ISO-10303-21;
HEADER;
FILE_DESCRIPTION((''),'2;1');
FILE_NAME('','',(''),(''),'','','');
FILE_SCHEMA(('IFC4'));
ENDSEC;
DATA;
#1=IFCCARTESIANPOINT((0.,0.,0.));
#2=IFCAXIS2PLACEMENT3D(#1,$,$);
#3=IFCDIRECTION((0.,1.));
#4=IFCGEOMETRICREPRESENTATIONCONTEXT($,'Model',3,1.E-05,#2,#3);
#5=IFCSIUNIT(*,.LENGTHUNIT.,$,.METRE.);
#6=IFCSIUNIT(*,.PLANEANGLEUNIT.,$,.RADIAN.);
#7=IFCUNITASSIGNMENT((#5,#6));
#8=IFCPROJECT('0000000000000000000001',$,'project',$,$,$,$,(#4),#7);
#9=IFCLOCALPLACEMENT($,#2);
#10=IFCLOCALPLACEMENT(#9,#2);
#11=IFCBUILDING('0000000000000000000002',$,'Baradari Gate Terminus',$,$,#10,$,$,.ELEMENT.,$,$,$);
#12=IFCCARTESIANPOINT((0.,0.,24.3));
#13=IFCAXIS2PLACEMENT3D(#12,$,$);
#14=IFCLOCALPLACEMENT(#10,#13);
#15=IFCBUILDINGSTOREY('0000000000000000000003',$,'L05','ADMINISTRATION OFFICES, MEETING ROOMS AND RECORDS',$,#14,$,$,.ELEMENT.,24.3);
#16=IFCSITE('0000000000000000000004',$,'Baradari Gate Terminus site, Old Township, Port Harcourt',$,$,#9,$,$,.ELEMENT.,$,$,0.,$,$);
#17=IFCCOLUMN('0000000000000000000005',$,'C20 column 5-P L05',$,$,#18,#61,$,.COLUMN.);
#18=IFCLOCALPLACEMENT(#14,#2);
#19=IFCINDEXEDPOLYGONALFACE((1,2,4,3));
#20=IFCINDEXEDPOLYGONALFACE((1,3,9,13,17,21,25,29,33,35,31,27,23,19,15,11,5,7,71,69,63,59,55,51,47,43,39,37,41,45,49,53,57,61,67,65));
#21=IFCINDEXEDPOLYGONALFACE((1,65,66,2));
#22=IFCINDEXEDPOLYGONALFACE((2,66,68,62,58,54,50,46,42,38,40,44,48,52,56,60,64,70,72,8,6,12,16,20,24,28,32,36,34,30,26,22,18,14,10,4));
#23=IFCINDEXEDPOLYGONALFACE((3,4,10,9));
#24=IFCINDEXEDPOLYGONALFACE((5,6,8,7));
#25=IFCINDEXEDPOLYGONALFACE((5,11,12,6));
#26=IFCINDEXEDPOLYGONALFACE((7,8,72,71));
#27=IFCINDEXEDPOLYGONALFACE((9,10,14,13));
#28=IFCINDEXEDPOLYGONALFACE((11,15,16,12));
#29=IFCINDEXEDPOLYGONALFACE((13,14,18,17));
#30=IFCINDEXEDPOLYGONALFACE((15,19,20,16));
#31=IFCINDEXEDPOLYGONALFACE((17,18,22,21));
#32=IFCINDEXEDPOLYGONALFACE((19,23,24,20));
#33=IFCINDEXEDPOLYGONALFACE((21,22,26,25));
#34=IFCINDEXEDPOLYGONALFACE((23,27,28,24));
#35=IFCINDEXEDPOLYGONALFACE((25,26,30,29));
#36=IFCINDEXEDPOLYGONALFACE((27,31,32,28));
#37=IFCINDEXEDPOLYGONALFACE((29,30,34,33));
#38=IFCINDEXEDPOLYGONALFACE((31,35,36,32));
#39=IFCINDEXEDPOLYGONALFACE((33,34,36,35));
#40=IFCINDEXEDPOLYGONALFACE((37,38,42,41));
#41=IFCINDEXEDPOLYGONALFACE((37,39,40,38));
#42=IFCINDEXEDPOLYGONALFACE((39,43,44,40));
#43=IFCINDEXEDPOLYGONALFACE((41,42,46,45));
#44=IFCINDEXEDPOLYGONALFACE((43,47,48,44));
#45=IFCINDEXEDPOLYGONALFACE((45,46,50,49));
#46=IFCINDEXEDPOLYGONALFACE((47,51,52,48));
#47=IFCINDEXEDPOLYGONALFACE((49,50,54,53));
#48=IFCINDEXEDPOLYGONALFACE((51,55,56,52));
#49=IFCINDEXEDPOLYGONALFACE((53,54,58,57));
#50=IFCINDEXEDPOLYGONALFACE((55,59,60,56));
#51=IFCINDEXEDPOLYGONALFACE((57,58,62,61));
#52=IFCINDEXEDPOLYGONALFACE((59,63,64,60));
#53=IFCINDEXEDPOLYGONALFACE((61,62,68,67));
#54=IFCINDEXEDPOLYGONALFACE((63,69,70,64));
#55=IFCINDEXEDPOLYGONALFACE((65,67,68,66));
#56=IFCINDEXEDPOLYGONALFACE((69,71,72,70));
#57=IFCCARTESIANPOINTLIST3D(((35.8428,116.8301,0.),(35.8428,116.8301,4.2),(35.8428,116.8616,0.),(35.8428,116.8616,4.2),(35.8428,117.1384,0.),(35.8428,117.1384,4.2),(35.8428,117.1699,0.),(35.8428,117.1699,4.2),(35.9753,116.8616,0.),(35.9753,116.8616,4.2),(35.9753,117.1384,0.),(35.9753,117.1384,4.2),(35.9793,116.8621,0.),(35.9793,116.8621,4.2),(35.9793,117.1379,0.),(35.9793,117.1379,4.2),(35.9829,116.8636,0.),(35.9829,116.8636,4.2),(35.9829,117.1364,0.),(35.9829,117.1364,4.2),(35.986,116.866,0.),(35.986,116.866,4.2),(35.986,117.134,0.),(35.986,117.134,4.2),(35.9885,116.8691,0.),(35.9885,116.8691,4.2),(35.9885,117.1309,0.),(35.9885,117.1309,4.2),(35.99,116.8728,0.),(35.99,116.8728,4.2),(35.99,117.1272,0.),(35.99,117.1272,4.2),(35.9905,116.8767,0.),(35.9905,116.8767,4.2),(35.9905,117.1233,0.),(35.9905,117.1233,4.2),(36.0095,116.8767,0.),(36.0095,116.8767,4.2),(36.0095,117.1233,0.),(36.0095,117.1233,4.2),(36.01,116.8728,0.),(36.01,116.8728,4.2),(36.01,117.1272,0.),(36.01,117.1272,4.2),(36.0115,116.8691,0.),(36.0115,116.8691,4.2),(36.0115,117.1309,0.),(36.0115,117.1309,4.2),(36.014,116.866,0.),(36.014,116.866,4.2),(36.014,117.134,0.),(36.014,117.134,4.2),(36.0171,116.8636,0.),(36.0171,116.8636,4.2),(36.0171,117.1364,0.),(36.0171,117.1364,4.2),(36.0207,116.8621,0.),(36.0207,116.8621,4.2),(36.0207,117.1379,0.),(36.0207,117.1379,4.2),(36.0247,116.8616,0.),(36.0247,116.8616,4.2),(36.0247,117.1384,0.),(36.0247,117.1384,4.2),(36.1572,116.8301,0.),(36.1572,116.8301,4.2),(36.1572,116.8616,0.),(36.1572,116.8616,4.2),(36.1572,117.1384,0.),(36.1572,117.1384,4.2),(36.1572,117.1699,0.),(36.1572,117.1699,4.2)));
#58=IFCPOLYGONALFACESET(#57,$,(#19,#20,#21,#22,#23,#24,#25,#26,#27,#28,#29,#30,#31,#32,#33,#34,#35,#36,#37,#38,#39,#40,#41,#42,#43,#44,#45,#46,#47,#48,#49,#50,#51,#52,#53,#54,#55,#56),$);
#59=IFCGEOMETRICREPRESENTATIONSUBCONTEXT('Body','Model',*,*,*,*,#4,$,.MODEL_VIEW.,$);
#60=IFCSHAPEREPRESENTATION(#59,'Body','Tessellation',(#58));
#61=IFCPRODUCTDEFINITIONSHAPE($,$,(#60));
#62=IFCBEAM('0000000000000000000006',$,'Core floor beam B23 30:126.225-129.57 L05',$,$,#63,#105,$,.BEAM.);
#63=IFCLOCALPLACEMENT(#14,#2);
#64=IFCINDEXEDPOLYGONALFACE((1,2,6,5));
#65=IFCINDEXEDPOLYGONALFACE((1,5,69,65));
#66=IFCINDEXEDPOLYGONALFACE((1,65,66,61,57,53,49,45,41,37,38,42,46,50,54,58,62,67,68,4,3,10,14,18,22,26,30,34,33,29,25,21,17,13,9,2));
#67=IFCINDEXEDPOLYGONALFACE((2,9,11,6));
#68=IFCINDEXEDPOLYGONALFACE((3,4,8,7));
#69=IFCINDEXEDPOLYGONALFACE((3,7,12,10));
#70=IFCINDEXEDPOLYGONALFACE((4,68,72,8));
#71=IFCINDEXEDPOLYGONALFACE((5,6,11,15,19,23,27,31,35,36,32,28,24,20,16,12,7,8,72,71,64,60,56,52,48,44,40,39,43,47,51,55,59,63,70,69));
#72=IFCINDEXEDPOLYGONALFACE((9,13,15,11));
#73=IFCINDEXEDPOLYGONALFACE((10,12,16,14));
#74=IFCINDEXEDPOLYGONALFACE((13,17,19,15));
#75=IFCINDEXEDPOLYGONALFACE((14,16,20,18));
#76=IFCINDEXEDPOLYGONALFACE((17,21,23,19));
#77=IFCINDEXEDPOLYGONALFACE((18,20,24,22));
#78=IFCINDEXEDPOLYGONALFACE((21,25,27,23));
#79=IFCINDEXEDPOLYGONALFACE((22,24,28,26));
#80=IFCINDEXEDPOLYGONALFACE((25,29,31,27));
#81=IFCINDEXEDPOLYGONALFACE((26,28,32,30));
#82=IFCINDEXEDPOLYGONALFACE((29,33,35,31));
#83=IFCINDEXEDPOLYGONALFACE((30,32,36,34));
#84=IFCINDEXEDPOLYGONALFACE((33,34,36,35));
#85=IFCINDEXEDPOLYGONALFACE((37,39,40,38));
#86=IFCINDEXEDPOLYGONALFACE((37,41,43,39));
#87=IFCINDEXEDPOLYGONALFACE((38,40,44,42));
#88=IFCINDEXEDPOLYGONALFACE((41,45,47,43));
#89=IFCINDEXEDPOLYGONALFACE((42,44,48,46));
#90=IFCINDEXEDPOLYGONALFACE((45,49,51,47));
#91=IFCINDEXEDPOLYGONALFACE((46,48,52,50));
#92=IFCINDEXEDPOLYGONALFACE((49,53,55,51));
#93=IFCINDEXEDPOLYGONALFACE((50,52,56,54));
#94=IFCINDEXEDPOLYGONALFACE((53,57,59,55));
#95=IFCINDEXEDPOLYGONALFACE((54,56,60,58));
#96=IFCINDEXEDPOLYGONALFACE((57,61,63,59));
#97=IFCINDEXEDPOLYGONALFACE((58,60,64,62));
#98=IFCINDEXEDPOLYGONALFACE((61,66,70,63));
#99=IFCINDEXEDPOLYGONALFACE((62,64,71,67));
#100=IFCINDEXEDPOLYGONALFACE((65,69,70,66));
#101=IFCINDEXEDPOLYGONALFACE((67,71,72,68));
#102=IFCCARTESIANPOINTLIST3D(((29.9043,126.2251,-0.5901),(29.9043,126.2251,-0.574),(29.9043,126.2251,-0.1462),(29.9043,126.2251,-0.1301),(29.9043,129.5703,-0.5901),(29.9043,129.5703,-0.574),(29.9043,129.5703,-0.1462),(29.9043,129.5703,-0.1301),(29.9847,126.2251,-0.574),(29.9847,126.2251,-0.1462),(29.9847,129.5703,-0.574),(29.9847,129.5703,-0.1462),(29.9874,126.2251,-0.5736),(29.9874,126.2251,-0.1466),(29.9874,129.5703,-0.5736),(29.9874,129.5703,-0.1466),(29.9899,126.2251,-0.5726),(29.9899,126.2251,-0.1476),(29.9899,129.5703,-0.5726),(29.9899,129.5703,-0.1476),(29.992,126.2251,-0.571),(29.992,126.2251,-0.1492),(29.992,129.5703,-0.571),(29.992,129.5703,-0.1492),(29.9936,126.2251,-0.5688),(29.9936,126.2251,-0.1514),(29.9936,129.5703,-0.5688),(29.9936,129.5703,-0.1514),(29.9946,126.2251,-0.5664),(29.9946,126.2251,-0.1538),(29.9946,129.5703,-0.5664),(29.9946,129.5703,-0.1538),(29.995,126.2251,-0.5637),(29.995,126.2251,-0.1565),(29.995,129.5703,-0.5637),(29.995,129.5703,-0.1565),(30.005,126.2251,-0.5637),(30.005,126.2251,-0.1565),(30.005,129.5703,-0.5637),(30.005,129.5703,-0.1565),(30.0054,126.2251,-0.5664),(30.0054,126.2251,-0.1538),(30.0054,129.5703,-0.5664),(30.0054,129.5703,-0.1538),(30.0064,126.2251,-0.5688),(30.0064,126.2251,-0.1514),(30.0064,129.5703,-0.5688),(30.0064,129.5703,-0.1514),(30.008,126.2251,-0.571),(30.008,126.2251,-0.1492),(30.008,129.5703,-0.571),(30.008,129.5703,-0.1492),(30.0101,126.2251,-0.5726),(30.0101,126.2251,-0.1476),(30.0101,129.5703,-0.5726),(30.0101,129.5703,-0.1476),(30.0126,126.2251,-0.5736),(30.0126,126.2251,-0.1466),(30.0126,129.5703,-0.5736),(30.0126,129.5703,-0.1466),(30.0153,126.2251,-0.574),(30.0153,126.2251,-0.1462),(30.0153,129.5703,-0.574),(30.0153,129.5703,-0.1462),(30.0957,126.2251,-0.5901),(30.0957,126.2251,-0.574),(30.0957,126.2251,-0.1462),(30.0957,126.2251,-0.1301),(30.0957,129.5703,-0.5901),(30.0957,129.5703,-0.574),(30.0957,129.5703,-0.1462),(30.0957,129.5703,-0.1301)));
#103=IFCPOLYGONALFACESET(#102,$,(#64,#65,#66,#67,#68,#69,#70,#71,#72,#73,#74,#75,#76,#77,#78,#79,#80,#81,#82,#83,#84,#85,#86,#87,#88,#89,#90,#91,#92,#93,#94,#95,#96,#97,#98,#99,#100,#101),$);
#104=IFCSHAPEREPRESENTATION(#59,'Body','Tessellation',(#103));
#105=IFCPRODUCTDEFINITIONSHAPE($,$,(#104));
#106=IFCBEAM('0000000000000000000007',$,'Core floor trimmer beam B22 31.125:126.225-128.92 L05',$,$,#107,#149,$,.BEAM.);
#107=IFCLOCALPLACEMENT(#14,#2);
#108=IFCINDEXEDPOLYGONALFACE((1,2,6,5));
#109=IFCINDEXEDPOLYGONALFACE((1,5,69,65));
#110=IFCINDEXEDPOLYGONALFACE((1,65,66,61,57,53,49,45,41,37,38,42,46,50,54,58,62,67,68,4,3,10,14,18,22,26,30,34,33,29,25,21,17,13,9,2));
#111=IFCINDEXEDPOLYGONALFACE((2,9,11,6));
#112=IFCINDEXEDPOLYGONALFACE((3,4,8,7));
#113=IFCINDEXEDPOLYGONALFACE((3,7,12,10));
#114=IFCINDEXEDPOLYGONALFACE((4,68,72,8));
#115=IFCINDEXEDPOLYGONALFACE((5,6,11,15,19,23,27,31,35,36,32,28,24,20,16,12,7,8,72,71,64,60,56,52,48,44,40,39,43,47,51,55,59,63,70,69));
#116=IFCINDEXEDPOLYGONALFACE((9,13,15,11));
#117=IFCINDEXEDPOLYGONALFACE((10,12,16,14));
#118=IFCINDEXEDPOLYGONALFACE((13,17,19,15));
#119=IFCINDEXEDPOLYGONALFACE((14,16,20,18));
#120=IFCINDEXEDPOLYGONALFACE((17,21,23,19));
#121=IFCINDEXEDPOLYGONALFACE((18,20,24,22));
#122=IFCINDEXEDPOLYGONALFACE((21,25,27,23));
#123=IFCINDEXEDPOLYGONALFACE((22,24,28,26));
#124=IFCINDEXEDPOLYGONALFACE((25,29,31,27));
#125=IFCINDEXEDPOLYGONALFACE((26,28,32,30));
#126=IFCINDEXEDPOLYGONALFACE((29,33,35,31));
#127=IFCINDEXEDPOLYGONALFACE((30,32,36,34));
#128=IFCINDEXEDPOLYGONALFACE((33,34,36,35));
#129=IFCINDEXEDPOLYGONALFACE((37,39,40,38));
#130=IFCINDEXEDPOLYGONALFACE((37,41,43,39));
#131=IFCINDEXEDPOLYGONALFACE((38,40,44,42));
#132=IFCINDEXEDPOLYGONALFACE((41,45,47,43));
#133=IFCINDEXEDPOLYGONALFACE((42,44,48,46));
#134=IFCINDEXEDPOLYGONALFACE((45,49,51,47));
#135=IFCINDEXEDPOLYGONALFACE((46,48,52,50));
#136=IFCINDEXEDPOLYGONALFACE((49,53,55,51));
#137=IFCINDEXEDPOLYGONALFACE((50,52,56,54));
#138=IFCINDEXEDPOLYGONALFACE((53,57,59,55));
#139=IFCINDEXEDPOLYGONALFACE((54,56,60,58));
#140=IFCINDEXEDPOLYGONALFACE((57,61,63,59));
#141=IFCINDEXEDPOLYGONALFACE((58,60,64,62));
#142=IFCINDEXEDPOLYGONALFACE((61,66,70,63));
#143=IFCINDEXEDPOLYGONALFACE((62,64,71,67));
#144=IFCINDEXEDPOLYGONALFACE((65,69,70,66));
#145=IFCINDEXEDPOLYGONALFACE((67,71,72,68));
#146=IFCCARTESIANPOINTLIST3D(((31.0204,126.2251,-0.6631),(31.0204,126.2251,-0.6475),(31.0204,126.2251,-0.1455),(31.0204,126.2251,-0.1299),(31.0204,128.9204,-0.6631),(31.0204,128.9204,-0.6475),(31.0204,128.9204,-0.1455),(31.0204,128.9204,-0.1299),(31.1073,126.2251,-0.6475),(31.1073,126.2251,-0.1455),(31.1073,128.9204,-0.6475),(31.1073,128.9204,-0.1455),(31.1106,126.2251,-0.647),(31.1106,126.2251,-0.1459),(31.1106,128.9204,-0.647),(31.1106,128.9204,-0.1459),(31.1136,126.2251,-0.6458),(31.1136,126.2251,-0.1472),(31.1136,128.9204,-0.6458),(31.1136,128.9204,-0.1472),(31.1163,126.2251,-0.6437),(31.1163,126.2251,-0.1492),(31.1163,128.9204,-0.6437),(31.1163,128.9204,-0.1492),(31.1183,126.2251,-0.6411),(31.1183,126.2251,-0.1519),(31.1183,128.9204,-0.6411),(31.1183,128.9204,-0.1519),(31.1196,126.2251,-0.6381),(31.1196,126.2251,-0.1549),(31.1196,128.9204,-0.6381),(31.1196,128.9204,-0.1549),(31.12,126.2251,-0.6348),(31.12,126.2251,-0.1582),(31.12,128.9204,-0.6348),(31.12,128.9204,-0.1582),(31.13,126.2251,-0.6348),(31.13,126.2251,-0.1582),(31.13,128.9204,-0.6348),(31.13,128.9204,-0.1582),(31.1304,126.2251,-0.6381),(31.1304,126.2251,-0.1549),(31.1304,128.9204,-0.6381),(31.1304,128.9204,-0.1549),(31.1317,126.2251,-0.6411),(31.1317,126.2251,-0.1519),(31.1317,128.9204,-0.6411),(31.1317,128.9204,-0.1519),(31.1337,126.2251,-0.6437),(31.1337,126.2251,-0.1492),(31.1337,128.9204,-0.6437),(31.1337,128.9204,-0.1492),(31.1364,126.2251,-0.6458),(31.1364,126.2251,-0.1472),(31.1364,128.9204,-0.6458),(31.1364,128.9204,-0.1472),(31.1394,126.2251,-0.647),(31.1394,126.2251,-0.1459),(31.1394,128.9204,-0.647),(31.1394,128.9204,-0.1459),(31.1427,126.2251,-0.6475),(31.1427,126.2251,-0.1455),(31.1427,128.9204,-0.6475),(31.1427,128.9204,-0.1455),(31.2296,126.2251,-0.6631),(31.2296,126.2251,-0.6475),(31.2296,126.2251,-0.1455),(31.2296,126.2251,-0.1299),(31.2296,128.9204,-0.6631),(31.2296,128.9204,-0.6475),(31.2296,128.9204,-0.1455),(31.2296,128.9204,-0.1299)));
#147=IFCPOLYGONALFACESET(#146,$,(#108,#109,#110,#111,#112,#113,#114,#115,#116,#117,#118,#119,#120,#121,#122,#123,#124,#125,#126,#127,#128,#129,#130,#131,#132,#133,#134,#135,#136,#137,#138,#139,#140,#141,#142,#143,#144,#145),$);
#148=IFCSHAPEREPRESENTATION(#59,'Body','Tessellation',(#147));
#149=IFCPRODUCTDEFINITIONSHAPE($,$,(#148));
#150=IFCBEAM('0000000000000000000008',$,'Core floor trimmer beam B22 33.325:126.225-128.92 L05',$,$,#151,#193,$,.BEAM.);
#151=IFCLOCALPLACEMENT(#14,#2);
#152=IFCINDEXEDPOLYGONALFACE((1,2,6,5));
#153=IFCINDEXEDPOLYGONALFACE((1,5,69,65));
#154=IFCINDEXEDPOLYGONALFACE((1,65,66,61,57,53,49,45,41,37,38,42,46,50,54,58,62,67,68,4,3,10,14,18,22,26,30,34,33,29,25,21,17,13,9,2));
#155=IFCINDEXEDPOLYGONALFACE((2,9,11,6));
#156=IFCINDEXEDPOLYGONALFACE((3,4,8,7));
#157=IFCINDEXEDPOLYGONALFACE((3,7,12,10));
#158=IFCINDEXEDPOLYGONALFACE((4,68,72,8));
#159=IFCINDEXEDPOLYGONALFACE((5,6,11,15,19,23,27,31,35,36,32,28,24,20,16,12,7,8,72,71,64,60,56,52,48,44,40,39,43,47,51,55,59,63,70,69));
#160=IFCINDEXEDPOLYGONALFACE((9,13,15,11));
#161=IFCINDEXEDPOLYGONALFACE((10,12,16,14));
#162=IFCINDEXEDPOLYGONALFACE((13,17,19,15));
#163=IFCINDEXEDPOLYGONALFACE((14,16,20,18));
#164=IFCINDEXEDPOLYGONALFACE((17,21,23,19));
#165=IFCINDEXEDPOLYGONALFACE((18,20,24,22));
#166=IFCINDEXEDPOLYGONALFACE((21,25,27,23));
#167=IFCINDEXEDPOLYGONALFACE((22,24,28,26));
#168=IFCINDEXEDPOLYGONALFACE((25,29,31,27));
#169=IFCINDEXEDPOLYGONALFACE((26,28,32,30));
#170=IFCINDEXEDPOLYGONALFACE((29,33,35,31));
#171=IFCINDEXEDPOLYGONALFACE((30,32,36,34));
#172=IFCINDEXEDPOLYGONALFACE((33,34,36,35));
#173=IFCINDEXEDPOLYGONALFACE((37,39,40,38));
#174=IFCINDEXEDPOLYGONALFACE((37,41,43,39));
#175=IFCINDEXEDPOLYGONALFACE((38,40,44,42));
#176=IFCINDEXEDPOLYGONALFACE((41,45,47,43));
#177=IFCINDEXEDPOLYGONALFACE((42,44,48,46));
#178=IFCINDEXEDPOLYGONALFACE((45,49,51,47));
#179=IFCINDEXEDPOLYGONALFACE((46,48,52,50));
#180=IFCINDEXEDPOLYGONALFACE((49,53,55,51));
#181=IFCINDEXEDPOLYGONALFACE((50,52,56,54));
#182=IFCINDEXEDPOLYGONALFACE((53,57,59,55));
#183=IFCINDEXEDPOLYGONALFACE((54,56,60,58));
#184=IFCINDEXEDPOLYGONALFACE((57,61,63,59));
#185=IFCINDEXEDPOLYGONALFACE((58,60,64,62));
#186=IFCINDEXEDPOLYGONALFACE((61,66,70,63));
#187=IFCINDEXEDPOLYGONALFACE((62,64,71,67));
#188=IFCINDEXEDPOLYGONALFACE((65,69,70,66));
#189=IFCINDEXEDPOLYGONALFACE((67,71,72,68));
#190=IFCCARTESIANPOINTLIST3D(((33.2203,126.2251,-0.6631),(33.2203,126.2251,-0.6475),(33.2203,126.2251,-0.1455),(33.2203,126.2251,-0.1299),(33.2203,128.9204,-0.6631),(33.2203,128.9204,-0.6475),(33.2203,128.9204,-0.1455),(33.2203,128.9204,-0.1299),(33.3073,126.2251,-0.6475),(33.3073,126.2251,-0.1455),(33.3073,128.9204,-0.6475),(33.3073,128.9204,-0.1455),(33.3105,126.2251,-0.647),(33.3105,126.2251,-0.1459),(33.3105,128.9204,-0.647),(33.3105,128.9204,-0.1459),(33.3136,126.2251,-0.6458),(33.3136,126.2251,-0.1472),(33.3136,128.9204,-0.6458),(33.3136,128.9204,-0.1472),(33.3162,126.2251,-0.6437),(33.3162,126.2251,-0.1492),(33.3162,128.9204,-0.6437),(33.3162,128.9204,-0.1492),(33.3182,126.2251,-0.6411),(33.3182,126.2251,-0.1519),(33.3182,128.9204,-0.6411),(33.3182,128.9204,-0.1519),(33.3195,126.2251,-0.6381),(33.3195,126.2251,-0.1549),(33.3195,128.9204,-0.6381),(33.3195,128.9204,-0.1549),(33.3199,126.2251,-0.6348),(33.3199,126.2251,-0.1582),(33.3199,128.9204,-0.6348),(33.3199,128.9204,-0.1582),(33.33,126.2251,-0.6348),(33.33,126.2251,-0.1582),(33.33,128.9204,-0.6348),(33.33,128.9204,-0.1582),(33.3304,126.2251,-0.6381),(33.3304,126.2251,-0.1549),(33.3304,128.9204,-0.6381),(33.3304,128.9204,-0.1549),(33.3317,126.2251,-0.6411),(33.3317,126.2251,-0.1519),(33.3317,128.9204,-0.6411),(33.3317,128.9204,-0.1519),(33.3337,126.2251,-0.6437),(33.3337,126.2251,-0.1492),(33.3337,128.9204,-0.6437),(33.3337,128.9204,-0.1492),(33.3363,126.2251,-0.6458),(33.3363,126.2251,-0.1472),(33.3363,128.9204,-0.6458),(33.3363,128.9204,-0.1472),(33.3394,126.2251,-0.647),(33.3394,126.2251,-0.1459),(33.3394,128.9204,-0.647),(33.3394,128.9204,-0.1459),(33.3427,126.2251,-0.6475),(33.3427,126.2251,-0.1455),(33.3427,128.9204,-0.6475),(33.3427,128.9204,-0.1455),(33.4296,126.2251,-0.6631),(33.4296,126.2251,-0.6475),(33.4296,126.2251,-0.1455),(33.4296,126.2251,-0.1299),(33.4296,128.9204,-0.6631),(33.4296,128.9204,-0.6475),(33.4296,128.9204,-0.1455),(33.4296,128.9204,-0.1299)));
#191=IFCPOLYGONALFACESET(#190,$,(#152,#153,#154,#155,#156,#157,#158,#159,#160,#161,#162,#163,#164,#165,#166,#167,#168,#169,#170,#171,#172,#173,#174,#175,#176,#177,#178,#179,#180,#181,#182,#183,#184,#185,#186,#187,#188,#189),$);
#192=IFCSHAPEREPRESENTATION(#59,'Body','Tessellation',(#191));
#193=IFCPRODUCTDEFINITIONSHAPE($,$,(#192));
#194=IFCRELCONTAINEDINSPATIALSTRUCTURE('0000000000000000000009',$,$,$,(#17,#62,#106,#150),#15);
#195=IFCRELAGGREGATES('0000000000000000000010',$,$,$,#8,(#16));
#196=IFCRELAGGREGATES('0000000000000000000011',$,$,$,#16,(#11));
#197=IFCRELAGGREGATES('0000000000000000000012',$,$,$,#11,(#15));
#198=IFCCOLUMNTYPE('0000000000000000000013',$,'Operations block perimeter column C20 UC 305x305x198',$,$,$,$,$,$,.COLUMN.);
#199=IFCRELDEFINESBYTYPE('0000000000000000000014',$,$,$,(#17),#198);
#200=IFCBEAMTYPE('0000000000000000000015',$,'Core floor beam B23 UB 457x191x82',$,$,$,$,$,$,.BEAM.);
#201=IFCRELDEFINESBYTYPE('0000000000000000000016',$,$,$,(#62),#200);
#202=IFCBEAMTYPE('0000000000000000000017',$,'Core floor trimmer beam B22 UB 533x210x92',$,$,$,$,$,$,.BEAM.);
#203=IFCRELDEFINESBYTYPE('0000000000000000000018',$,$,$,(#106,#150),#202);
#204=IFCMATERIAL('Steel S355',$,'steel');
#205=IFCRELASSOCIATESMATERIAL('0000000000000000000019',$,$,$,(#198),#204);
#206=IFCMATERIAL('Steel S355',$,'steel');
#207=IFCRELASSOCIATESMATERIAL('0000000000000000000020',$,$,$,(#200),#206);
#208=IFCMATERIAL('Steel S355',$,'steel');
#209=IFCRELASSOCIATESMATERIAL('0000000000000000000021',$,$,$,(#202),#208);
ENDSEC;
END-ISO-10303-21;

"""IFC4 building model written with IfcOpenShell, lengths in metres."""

from ifc_helpers import new_model, si_unit, direction, frame, origin, origin_2d, place, context, subcontext, project, spatial, i_section, extrude, material, material_profile, profile_set, type_object, element, save


model = new_model("IFC4")

# Units and contexts
model_context = context("Model", 3, precision=1e-05, world=origin(), true_north=direction((0.0, 1.0)))
body_context = subcontext(model_context, "Body", "Model", "MODEL_VIEW")
ifc_project = project(units=[si_unit("LENGTHUNIT", "METRE"), si_unit("PLANEANGLEUNIT", "RADIAN")], contexts=[model_context])

# Site, building, storey
site_placement = place(None, origin())
site = spatial("IfcSite", under=ifc_project, at=site_placement, Name="Baradari Gate Terminus site, Old Township, Port Harcourt", CompositionType="ELEMENT", RefElevation=0.0)
building_placement = place(site_placement, origin())
building = spatial("IfcBuilding", under=site, at=building_placement, Name="Baradari Gate Terminus", CompositionType="ELEMENT")
storey_placement = place(building_placement, frame((0.0, 0.0, 24.3)))
storey = spatial("IfcBuildingStorey", under=building, at=storey_placement, Name="L05", Description="ADMINISTRATION OFFICES, MEETING ROOMS AND RECORDS", CompositionType="ELEMENT", Elevation=24.3)

# Column
ifc_material_1 = material(Name="Steel S355", Category="steel")
ifc_material_profile_1 = material_profile(ifc_material_1, i_section(OverallWidth=0.3145, OverallDepth=0.3398, WebThickness=0.019, FlangeThickness=0.0315, FilletRadius=0.0151, at=origin_2d()), Name="UC 305x305x198")
ifc_profile_set_1 = profile_set([ifc_material_profile_1], Name="Steel S355")
column_type = type_object("IfcColumnType", Name="Operations block perimeter column C20 UC 305x305x198", PredefinedType="COLUMN", material=ifc_profile_set_1)
column_placement = place(storey_placement, frame((36.0, 117.0, 0.0), z_axis=(0.0, 0.0, 1.0), x_axis=(1.0, 0.0, 0.0)))
element("IfcColumn", 1, at=column_placement, inside=storey, type_object=column_type, Name="C20 column 5-P L05", PredefinedType="COLUMN", context=body_context, shape_type="SweptSolid", body=[
    extrude(i_section(OverallWidth=0.3145, OverallDepth=0.3398, WebThickness=0.019, FlangeThickness=0.0315, FilletRadius=0.0151, at=origin_2d()), origin(), (0.0, 0.0, 1.0), 4.2),
])

# Beams
ifc_material_2 = material(Name="Steel S355", Category="steel")
ifc_material_profile_2 = material_profile(ifc_material_2, i_section(OverallWidth=0.1914, OverallDepth=0.46, WebThickness=0.01, FlangeThickness=0.0161, FilletRadius=0.0103, at=origin_2d()), Name="UB 457x191x82")
ifc_profile_set_2 = profile_set([ifc_material_profile_2], Name="Steel S355")
beam_type_1 = type_object("IfcBeamType", Name="Core floor beam B23 UB 457x191x82", PredefinedType="BEAM", material=ifc_profile_set_2)
beam_1_placement = place(storey_placement, frame((30.0, 126.2251, -0.3601), z_axis=(0.0, 1.0, 0.0), x_axis=(-1.0, 0.0, 0.0)))
element("IfcBeam", 2, at=beam_1_placement, inside=storey, type_object=beam_type_1, Name="Core floor beam B23 30:126.225-129.57 L05", PredefinedType="BEAM", context=body_context, shape_type="SweptSolid", body=[
    extrude(i_section(OverallWidth=0.1914, OverallDepth=0.46, WebThickness=0.01, FlangeThickness=0.0161, FilletRadius=0.0103, at=origin_2d()), origin(), (0.0, 0.0, 1.0), 3.3452),
])
ifc_material_3 = material(Name="Steel S355", Category="steel")
ifc_material_profile_3 = material_profile(ifc_material_3, i_section(OverallWidth=0.2092, OverallDepth=0.5332, WebThickness=0.01, FlangeThickness=0.0156, FilletRadius=0.0127, at=origin_2d()), Name="UB 533x210x92")
ifc_profile_set_3 = profile_set([ifc_material_profile_3], Name="Steel S355")
beam_type_2 = type_object("IfcBeamType", Name="Core floor trimmer beam B22 UB 533x210x92", PredefinedType="BEAM", material=ifc_profile_set_3)
for number, where, z_axis, x_axis, name in (
    (3, (31.125, 126.2251, -0.3965), (0.0, 1.0, 0.0), (-1.0, 0.0, 0.0), "Core floor trimmer beam B22 31.125:126.225-128.92 L05"),
    (4, (33.325, 126.2251, -0.3965), (0.0, 1.0, 0.0), (-1.0, 0.0, 0.0), "Core floor trimmer beam B22 33.325:126.225-128.92 L05"),
):
    element("IfcBeam", number, at=place(storey_placement, frame(where, z_axis=z_axis, x_axis=x_axis)), inside=storey, type_object=beam_type_2, Name=name, PredefinedType="BEAM", context=body_context, shape_type="SweptSolid", body=[
        extrude(i_section(OverallWidth=0.2092, OverallDepth=0.5332, WebThickness=0.01, FlangeThickness=0.0156, FilletRadius=0.0127, at=origin_2d()), origin(), (0.0, 0.0, 1.0), 2.6953),
    ])

save(model, "model.ifc")
